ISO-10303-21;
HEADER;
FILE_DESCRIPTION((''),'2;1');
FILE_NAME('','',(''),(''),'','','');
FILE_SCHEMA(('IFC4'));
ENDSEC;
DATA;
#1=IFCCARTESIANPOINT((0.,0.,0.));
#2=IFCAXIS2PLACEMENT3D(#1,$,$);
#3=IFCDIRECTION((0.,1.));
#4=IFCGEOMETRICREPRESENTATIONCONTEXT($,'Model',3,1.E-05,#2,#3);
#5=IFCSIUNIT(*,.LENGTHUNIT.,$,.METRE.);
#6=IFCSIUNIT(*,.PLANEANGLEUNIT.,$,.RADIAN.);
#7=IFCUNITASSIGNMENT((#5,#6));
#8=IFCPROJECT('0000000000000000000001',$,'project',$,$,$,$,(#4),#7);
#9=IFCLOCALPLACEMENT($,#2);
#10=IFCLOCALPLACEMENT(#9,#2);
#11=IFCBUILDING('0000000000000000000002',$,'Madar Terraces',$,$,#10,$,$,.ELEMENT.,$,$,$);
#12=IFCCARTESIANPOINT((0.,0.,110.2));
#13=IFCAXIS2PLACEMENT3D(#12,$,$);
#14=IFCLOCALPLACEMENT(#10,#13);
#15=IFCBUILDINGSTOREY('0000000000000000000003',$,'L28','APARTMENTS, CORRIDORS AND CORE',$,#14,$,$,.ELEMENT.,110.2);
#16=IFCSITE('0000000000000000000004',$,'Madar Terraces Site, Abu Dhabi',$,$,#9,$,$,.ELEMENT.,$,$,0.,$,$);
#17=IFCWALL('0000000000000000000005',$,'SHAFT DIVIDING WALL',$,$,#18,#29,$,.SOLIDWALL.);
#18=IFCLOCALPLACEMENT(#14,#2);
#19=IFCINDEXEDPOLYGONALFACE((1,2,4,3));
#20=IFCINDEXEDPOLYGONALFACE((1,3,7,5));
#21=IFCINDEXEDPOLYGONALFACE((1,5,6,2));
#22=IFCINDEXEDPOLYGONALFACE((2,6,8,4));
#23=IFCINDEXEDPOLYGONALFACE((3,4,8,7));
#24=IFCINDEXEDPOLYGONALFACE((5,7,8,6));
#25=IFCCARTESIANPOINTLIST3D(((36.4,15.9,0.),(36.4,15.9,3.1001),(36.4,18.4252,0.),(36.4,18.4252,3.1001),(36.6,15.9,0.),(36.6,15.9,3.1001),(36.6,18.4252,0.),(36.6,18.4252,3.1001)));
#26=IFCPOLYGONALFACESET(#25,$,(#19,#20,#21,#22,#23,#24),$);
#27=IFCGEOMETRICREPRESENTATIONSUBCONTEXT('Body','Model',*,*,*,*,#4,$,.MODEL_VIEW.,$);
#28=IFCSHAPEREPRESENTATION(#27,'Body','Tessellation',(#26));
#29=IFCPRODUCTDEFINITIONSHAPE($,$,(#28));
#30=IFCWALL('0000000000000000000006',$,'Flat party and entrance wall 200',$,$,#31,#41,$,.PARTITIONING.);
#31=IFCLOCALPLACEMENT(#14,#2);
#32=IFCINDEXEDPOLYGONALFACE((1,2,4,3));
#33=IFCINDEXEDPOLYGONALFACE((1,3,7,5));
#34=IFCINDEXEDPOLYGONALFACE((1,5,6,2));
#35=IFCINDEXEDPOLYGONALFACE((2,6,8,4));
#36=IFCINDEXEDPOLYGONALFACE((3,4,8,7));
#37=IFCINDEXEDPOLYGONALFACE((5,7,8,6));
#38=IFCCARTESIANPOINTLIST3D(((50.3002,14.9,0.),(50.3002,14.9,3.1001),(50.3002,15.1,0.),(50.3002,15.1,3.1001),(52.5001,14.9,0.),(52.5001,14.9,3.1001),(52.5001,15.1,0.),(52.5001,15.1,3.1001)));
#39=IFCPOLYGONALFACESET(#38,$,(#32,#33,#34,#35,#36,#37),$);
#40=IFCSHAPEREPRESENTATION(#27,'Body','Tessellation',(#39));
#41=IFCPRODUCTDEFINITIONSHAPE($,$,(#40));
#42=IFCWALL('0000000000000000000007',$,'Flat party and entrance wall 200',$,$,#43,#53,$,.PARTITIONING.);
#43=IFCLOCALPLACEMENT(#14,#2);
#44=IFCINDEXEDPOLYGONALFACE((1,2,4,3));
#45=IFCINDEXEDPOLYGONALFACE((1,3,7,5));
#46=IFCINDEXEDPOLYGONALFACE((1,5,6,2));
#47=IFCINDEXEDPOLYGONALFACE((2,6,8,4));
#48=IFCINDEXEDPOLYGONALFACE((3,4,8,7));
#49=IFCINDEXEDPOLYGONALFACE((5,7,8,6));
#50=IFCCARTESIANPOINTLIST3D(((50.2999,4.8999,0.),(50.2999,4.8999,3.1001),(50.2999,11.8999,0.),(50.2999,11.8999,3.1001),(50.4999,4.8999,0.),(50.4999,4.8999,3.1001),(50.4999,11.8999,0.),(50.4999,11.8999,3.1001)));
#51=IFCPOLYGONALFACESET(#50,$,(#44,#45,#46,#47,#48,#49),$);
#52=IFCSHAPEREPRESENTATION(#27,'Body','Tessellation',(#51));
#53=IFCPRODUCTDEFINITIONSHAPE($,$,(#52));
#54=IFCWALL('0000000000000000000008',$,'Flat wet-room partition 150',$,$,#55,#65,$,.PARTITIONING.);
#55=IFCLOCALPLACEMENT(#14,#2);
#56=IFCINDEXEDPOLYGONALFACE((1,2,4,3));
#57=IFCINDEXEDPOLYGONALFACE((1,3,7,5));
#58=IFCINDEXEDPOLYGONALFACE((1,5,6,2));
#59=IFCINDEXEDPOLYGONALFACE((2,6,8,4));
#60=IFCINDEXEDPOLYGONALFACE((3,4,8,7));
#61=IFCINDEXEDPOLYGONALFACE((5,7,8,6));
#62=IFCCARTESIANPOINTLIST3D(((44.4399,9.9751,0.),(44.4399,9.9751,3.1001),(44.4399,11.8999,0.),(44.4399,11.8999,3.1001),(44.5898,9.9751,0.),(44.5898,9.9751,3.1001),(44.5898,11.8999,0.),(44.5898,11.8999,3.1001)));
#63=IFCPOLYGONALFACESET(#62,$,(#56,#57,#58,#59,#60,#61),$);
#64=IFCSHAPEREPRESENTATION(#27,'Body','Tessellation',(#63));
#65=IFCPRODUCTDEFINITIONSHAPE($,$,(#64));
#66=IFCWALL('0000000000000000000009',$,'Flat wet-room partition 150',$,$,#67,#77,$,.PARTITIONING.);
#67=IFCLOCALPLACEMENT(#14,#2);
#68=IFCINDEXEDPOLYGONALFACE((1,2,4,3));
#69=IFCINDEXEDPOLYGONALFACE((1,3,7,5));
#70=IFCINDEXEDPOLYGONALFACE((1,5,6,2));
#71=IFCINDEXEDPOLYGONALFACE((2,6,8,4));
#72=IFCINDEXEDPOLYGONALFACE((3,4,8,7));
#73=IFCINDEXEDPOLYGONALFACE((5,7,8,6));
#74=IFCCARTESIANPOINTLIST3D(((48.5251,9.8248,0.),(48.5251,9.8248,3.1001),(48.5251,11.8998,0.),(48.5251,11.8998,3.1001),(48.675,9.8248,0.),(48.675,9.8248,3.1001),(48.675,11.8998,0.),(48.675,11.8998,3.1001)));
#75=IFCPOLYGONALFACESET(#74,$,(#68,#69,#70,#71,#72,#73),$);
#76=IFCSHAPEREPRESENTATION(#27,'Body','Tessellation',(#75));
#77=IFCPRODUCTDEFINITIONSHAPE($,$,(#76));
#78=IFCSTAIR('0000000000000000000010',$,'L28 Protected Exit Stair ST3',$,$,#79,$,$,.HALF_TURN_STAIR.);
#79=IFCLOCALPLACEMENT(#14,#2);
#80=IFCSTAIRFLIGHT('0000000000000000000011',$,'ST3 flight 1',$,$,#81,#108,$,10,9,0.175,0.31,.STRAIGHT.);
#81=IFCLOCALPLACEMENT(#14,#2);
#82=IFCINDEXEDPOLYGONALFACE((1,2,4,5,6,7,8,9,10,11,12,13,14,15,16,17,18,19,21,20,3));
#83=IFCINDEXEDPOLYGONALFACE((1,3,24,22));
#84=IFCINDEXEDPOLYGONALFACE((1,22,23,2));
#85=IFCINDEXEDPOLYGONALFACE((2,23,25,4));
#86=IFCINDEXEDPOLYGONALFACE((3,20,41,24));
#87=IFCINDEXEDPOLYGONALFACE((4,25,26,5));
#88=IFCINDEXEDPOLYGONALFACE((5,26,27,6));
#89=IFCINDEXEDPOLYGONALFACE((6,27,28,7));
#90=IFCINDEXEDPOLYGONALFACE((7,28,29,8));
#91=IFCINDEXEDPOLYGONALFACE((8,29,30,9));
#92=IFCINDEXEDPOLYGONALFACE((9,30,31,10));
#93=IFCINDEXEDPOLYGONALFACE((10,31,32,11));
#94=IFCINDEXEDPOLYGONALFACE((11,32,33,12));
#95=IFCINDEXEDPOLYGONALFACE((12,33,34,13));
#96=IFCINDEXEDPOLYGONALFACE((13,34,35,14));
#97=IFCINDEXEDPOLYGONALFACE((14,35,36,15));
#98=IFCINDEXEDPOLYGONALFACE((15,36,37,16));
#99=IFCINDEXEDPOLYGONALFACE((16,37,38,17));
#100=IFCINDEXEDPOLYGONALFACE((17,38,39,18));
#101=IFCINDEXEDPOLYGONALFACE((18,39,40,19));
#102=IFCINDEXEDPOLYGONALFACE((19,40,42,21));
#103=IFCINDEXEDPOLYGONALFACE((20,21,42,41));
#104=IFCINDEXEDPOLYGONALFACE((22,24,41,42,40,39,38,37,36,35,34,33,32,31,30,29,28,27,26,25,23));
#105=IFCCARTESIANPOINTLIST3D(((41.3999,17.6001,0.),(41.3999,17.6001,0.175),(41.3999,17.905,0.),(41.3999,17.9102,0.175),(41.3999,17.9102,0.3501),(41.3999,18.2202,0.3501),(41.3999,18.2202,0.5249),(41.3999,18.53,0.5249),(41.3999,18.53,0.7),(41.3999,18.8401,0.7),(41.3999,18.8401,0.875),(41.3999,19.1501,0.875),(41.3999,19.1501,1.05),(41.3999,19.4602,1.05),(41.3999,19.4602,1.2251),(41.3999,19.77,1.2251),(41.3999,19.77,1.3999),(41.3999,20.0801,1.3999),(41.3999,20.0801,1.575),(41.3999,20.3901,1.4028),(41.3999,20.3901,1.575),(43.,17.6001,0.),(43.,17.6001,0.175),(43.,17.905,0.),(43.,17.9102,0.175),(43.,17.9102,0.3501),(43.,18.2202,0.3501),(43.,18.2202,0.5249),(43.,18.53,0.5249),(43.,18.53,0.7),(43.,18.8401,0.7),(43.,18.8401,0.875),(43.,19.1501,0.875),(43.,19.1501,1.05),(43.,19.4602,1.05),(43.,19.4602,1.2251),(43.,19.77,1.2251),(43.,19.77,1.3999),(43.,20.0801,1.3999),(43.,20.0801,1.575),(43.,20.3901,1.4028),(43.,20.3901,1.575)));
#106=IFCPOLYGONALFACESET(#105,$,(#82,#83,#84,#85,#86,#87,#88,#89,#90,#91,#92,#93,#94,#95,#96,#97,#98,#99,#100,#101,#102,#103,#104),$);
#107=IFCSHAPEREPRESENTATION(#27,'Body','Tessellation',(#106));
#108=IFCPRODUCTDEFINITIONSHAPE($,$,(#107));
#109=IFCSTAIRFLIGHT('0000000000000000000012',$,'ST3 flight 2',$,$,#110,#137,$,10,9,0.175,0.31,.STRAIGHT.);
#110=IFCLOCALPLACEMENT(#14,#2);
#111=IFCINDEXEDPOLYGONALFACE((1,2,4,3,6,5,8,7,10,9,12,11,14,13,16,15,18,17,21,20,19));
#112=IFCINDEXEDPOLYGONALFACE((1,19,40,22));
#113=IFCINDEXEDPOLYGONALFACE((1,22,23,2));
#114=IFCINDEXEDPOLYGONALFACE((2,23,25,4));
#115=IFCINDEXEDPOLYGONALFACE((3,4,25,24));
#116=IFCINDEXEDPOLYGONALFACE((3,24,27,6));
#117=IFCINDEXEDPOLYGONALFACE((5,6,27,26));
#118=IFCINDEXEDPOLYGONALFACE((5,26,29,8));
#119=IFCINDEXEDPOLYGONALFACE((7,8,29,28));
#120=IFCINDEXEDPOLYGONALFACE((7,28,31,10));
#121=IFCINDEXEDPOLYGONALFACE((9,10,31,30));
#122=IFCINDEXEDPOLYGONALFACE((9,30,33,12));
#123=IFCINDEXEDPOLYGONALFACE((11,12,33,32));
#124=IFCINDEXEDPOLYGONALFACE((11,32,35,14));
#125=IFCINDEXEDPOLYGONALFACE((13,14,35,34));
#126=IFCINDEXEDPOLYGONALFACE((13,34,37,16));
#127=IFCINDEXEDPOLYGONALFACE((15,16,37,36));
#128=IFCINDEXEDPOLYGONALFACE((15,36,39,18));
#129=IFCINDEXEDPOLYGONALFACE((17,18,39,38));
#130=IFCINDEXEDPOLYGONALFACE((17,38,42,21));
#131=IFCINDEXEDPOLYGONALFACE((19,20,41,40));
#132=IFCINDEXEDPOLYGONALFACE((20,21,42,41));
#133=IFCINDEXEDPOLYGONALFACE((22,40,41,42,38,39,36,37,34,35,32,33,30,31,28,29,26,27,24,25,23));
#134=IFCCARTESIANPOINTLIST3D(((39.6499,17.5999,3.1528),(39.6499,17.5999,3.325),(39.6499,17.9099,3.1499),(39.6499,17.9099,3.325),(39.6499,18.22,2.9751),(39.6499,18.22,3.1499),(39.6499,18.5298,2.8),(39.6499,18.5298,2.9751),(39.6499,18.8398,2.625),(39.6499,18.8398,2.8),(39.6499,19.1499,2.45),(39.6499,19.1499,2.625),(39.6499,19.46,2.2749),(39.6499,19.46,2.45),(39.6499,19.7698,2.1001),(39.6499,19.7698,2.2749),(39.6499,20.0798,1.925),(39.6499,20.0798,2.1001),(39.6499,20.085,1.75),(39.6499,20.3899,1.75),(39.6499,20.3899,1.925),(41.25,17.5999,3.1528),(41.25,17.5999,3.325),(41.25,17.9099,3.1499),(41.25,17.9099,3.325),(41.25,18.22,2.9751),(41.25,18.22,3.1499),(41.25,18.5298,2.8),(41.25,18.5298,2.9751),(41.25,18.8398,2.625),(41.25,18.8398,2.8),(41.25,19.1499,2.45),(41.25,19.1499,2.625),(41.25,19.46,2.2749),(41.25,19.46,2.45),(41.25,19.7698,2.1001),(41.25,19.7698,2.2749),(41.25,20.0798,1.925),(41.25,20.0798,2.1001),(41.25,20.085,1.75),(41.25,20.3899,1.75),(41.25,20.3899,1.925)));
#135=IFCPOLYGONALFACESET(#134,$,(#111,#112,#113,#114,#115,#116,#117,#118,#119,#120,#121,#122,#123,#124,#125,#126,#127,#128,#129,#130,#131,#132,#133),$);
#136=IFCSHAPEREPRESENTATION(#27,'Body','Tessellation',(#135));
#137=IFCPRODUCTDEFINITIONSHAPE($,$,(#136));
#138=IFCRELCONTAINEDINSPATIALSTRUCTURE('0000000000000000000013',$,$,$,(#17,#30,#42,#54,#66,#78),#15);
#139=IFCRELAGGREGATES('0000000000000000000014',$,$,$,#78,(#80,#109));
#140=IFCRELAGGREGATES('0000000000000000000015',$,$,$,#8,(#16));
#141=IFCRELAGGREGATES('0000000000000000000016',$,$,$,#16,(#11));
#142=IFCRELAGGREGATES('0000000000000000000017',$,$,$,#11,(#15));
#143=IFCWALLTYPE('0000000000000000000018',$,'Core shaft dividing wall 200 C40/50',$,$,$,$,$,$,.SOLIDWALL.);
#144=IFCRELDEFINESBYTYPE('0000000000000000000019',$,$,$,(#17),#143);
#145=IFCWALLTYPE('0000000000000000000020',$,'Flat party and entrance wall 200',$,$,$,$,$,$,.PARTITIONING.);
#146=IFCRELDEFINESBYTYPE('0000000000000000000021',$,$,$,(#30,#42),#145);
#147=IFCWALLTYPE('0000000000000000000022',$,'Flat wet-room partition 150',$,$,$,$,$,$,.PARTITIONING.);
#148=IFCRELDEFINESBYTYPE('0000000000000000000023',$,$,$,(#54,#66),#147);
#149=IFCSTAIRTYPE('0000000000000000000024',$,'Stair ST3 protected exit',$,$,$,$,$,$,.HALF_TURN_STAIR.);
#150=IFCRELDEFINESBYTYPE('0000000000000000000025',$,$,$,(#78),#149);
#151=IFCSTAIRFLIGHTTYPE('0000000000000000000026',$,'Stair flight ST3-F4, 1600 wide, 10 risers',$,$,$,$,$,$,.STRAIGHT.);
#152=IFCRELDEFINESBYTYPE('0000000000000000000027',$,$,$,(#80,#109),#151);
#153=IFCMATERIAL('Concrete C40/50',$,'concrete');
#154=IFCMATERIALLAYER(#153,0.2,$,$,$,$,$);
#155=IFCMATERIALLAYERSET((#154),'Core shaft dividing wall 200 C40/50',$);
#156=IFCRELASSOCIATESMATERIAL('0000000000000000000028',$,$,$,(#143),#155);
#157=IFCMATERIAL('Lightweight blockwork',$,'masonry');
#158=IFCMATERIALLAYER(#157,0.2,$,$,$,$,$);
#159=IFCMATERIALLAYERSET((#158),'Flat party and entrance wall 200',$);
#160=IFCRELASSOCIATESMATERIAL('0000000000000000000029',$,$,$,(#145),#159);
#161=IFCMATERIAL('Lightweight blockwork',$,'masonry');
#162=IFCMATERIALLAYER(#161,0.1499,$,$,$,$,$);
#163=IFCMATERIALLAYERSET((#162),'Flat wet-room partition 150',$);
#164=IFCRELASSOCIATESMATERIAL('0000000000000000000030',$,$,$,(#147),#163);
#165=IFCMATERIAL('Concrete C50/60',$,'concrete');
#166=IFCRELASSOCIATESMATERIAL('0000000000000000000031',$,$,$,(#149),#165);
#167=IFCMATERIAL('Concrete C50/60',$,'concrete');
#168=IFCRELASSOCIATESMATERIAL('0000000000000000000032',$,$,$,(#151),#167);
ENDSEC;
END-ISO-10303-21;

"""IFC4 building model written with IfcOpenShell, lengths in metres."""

from ifc_helpers import new_model, si_unit, direction, frame, frame_2d, origin, place, context, subcontext, project, spatial, polyline, rectangle, outline, extrude, material, layer, layer_set, type_object, element, aggregate, save


model = new_model("IFC4")

# Units and contexts
model_context = context("Model", 3, precision=1e-05, world=origin(), true_north=direction((0.0, 1.0)))
body_context = subcontext(model_context, "Body", "Model", "MODEL_VIEW")
ifc_project = project(units=[si_unit("LENGTHUNIT", "METRE"), si_unit("PLANEANGLEUNIT", "RADIAN")], contexts=[model_context])

# Site, building, storey
site_placement = place(None, origin())
site = spatial("IfcSite", under=ifc_project, at=site_placement, Name="Madar Terraces Site, Abu Dhabi", CompositionType="ELEMENT", RefElevation=0.0)
building_placement = place(site_placement, origin())
building = spatial("IfcBuilding", under=site, at=building_placement, Name="Madar Terraces", CompositionType="ELEMENT")
storey_placement = place(building_placement, frame((0.0, 0.0, 110.2)))
storey = spatial("IfcBuildingStorey", under=building, at=storey_placement, Name="L28", Description="APARTMENTS, CORRIDORS AND CORE", CompositionType="ELEMENT", Elevation=110.2)

# Walls
ifc_material_1 = material(Name="Concrete C40/50", Category="concrete")
ifc_layer_1 = layer(ifc_material_1, 0.2)
ifc_layer_set_1 = layer_set([ifc_layer_1], Name="Core shaft dividing wall 200 C40/50")
wall_type_1 = type_object("IfcWallType", Name="Core shaft dividing wall 200 C40/50", PredefinedType="SOLIDWALL", material=ifc_layer_set_1)
wall_1_placement = place(storey_placement, frame((36.5, 15.8999, 0.0), z_axis=(0.0, 0.0, 1.0), x_axis=(0.0, 1.0, 0.0)))
element("IfcWall", 1, at=wall_1_placement, inside=storey, type_object=wall_type_1, Name="SHAFT DIVIDING WALL", PredefinedType="SOLIDWALL", context=body_context, shape_type="SweptSolid", body=[
    extrude(rectangle(XDim=2.5251, YDim=0.2, at=frame_2d((1.2627, 0.0))), origin(), (0.0, 0.0, 1.0), 3.1001),
])
ifc_material_2 = material(Name="Lightweight blockwork", Category="masonry")
ifc_layer_2 = layer(ifc_material_2, 0.2)
ifc_layer_set_2 = layer_set([ifc_layer_2], Name="Flat party and entrance wall 200")
wall_type_2 = type_object("IfcWallType", Name="Flat party and entrance wall 200", PredefinedType="PARTITIONING", material=ifc_layer_set_2)
wall_2_placement = place(storey_placement, frame((50.3, 15.0, 0.0), z_axis=(0.0, 0.0, 1.0), x_axis=(1.0, 0.0, 0.0)))
element("IfcWall", 2, at=wall_2_placement, inside=storey, type_object=wall_type_2, Name="Flat party and entrance wall 200", PredefinedType="PARTITIONING", context=body_context, shape_type="SweptSolid", body=[
    extrude(rectangle(XDim=2.2, YDim=0.2, at=frame_2d((1.1001, 0.0))), origin(), (0.0, 0.0, 1.0), 3.1001),
])
wall_3_placement = place(storey_placement, frame((50.3999, 11.8999, 0.0), z_axis=(0.0, 0.0, 1.0), x_axis=(0.0, -1.0, 0.0)))
element("IfcWall", 3, at=wall_3_placement, inside=storey, type_object=wall_type_2, Name="Flat party and entrance wall 200", PredefinedType="PARTITIONING", context=body_context, shape_type="SweptSolid", body=[
    extrude(rectangle(XDim=7.0, YDim=0.2, at=frame_2d((3.5, 0.0))), origin(), (0.0, 0.0, 1.0), 3.1001),
])
ifc_material_3 = material(Name="Lightweight blockwork", Category="masonry")
ifc_layer_3 = layer(ifc_material_3, 0.1499)
ifc_layer_set_3 = layer_set([ifc_layer_3], Name="Flat wet-room partition 150")
wall_type_3 = type_object("IfcWallType", Name="Flat wet-room partition 150", PredefinedType="PARTITIONING", material=ifc_layer_set_3)
wall_4_placement = place(storey_placement, frame((44.5149, 11.8999, 0.0), z_axis=(0.0, 0.0, 1.0), x_axis=(0.0, -1.0, 0.0)))
element("IfcWall", 4, at=wall_4_placement, inside=storey, type_object=wall_type_3, Name="Flat wet-room partition 150", PredefinedType="PARTITIONING", context=body_context, shape_type="SweptSolid", body=[
    extrude(rectangle(XDim=1.9248, YDim=0.1499, at=frame_2d((0.9624, 0.0))), origin(), (0.0, 0.0, 1.0), 3.1001),
])
wall_5_placement = place(storey_placement, frame((48.6001, 11.8999, 0.0), z_axis=(0.0, 0.0, 1.0), x_axis=(0.0, -1.0, 0.0)))
element("IfcWall", 5, at=wall_5_placement, inside=storey, type_object=wall_type_3, Name="Flat wet-room partition 150", PredefinedType="PARTITIONING", context=body_context, shape_type="SweptSolid", body=[
    extrude(rectangle(XDim=2.075, YDim=0.1499, at=frame_2d((1.0376, 0.0))), origin(), (0.0, 0.0, 1.0), 3.1001),
])

# Stair, stair flights
ifc_material_4 = material(Name="Concrete C50/60", Category="concrete")
stair_type = type_object("IfcStairType", Name="Stair ST3 protected exit", PredefinedType="HALF_TURN_STAIR", material=ifc_material_4)
stair_placement = place(storey_placement, origin())
stair = element("IfcStair", 6, at=stair_placement, inside=storey, type_object=stair_type, Name="L28 Protected Exit Stair ST3", PredefinedType="HALF_TURN_STAIR")
ifc_material_5 = material(Name="Concrete C50/60", Category="concrete")
stair_flight_type = type_object("IfcStairFlightType", Name="Stair flight ST3-F4, 1600 wide, 10 risers", PredefinedType="STRAIGHT", material=ifc_material_5)
stair_flight_1_placement = place(storey_placement, frame((42.2, 17.6001, 0.0), z_axis=(0.0, 0.0, 1.0), x_axis=(0.0, 1.0, 0.0)))
stair_flight_1 = element("IfcStairFlight", 7, at=stair_flight_1_placement, type_object=stair_flight_type, Name="ST3 flight 1", NumberOfRisers=10, NumberOfTreads=9, PredefinedType="STRAIGHT", RiserHeight=0.175, TreadLength=0.31, context=body_context, shape_type="SweptSolid", body=[
    extrude(outline(polyline([(0.0, 0.0), (0.0, 0.175), (0.3101, 0.175), (0.3101, 0.3501), (0.6201, 0.3501), (0.6201, 0.5249), (0.9299, 0.5249), (0.9299, 0.7), (1.24, 0.7), (1.24, 0.875), (1.55, 0.875), (1.55, 1.05), (1.8601, 1.05), (1.8601, 1.2251), (2.1699, 1.2251), (2.1699, 1.3999), (2.48, 1.3999), (2.48, 1.575), (2.79, 1.575), (2.79, 1.75), (2.79, 1.4028), (0.3049, 0.0), (0.0, 0.0)])), frame((0.0, 0.8, 0.0), z_axis=(0.0, -1.0, 0.0), x_axis=(1.0, 0.0, 0.0)), (0.0, 0.0, 1.0), 1.6001),
])
stair_flight_2_placement = place(storey_placement, frame((40.45, 20.3899, 1.75), z_axis=(0.0, 0.0, 1.0), x_axis=(0.0, -1.0, 0.0)))
stair_flight_2 = element("IfcStairFlight", 8, at=stair_flight_2_placement, type_object=stair_flight_type, Name="ST3 flight 2", NumberOfRisers=10, NumberOfTreads=9, PredefinedType="STRAIGHT", RiserHeight=0.175, TreadLength=0.31, context=body_context, shape_type="SweptSolid", body=[
    extrude(outline(polyline([(0.0, 0.0), (0.0, 0.175), (0.3101, 0.175), (0.3101, 0.3501), (0.6201, 0.3501), (0.6201, 0.5249), (0.9299, 0.5249), (0.9299, 0.7), (1.24, 0.7), (1.24, 0.875), (1.55, 0.875), (1.55, 1.05), (1.8601, 1.05), (1.8601, 1.2251), (2.1699, 1.2251), (2.1699, 1.3999), (2.48, 1.3999), (2.48, 1.575), (2.79, 1.575), (2.79, 1.75), (2.79, 1.4028), (0.3049, 0.0), (0.0, 0.0)])), frame((0.0, 0.8, 0.0), z_axis=(0.0, -1.0, 0.0), x_axis=(1.0, 0.0, 0.0)), (0.0, 0.0, 1.0), 1.6001),
])
aggregate(stair, [stair_flight_1, stair_flight_2])

save(model, "model.ifc")
